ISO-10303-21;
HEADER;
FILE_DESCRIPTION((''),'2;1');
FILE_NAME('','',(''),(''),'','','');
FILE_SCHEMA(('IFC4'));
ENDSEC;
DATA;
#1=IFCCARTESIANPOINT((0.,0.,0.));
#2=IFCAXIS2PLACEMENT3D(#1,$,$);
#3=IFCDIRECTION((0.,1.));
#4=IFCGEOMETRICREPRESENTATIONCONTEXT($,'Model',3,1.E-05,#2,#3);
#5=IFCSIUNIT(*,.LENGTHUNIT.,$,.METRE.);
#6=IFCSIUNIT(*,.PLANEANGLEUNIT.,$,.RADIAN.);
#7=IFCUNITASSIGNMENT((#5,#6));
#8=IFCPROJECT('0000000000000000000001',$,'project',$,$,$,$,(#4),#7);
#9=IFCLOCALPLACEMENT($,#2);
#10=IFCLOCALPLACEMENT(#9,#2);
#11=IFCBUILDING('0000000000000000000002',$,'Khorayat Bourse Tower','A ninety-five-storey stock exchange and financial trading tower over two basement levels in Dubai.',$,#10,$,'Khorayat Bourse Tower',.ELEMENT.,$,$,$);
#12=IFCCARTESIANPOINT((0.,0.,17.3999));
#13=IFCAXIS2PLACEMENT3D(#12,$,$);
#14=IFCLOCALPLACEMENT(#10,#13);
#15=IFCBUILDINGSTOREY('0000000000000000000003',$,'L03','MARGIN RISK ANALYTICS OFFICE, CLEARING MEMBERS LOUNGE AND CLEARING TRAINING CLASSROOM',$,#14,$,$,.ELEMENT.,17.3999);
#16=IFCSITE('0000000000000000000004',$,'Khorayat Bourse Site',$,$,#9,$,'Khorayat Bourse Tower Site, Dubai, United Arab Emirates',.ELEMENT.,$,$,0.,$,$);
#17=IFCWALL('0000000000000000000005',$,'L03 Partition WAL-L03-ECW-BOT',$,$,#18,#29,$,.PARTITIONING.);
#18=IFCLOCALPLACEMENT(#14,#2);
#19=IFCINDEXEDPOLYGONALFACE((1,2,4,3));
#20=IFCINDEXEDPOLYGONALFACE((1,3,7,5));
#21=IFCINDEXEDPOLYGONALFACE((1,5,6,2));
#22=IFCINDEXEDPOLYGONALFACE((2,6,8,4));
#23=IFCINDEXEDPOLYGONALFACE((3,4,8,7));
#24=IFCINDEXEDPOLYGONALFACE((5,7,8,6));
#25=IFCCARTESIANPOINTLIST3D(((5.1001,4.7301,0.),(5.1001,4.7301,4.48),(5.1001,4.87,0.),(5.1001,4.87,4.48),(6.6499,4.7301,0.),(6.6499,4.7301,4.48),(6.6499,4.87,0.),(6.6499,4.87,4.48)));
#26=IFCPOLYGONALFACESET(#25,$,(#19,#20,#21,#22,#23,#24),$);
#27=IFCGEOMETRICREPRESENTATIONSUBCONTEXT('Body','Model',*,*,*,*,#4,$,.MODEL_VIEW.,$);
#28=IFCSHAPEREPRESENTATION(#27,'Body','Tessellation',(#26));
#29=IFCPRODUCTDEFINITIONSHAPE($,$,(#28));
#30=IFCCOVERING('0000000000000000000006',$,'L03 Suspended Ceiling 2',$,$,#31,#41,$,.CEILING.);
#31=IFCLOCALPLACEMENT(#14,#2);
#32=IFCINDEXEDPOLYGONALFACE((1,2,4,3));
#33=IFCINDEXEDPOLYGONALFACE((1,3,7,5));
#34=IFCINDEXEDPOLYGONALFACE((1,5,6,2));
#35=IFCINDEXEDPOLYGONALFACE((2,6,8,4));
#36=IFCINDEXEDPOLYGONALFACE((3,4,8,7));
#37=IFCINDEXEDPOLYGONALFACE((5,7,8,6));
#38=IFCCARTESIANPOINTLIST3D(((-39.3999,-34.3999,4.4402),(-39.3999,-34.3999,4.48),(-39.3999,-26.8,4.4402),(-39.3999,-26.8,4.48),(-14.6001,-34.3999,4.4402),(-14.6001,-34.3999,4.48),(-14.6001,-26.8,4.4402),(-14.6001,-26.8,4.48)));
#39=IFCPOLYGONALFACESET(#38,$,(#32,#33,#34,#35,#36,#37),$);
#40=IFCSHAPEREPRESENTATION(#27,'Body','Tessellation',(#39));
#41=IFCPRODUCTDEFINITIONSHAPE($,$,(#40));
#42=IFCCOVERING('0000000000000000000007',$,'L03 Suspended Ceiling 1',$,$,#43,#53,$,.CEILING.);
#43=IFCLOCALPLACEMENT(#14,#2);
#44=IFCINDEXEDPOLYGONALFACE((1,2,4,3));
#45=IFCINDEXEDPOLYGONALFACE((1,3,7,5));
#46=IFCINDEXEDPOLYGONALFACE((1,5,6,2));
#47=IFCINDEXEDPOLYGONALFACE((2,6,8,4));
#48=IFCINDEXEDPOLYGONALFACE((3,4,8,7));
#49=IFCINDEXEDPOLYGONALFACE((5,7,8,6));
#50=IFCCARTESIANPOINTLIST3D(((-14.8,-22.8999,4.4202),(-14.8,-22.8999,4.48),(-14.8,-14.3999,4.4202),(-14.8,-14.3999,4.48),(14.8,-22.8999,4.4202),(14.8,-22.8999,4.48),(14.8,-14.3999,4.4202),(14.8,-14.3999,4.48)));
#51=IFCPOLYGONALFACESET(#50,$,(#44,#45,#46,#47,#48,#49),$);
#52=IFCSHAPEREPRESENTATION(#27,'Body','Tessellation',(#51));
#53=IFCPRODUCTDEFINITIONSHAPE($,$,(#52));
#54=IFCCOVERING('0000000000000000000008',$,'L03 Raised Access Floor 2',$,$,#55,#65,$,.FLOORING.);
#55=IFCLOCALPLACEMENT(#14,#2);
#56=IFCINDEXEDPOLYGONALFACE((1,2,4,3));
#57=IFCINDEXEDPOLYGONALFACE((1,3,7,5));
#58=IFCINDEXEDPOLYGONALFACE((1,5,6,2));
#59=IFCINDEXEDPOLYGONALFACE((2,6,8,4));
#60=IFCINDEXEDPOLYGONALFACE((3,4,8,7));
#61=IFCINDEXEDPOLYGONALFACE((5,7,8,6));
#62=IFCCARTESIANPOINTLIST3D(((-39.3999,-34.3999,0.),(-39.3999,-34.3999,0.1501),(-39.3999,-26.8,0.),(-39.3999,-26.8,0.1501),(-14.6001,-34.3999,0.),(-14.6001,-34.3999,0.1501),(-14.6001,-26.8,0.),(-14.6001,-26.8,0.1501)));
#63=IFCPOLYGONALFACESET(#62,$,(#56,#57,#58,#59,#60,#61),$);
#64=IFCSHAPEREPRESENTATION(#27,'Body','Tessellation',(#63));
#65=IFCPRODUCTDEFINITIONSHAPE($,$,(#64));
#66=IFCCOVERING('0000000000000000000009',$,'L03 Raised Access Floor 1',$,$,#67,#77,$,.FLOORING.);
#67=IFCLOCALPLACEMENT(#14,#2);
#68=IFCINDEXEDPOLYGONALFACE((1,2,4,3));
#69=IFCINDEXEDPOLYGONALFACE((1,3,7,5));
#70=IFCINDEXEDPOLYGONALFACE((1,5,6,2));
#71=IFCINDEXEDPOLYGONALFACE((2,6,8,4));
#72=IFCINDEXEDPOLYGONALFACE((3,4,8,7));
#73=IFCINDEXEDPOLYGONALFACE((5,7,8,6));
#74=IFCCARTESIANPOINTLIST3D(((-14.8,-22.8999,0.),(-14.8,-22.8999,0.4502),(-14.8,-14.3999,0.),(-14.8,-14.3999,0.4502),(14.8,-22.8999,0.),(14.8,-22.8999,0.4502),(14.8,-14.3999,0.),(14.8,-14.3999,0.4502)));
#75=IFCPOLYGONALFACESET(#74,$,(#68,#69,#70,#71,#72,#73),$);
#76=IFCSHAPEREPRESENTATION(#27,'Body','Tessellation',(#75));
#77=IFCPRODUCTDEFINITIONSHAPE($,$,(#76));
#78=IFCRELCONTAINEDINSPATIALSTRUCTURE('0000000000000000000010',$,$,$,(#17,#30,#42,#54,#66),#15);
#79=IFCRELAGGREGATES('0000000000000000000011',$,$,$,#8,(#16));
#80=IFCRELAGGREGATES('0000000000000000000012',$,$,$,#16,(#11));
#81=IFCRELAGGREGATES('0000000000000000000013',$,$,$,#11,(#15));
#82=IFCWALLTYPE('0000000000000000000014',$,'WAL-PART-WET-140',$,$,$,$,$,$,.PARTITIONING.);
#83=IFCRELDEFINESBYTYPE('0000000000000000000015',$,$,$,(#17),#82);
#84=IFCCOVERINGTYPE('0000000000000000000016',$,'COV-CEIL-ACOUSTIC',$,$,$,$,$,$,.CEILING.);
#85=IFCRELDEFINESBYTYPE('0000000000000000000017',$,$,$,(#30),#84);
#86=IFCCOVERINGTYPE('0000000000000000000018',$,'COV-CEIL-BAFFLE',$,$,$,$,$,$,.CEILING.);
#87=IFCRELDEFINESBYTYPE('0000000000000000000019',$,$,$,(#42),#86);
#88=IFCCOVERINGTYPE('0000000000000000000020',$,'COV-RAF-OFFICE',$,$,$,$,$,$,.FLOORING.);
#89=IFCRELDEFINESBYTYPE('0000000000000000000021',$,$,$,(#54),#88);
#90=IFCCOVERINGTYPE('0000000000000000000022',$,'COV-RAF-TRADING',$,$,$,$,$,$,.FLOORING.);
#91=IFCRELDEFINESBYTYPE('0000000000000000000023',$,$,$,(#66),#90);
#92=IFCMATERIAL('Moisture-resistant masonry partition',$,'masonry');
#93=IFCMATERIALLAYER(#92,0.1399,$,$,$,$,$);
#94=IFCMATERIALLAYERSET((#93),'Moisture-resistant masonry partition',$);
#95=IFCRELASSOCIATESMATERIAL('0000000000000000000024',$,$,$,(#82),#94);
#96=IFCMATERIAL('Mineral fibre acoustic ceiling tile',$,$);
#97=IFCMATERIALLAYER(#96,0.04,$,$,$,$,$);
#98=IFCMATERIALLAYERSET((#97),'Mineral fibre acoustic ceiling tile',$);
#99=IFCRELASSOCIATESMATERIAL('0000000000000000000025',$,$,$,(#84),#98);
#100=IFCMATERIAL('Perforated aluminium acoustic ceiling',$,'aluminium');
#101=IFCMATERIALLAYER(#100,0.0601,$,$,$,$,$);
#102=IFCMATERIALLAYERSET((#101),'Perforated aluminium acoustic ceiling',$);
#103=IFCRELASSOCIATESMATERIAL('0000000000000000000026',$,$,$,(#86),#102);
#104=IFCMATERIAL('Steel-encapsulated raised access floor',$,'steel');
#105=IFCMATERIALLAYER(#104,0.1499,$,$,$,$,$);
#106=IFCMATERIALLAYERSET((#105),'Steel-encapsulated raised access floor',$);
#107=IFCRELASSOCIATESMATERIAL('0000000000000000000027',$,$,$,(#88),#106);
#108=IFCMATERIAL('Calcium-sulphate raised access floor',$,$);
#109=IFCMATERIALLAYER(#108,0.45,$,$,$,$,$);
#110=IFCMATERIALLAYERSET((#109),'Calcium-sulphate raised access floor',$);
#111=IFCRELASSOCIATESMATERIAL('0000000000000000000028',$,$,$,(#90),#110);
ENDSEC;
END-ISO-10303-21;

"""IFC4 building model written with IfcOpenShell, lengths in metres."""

from ifc_helpers import new_model, si_unit, direction, frame, frame_2d, origin, place, context, subcontext, project, spatial, polyline, rectangle, outline, extrude, source, transform, mapped, material, layer, layer_set, type_object, element, save


model = new_model("IFC4")

# Units and contexts
model_context = context("Model", 3, precision=1e-05, world=origin(), true_north=direction((0.0, 1.0)))
body_context = subcontext(model_context, "Body", "Model", "MODEL_VIEW")
ifc_project = project(units=[si_unit("LENGTHUNIT", "METRE"), si_unit("PLANEANGLEUNIT", "RADIAN")], contexts=[model_context])

# Site, building, storey
site_placement = place(None, origin())
site = spatial("IfcSite", under=ifc_project, at=site_placement, Name="Khorayat Bourse Site", LongName="Khorayat Bourse Tower Site, Dubai, United Arab Emirates", CompositionType="ELEMENT", RefElevation=0.0)
building_placement = place(site_placement, origin())
building = spatial("IfcBuilding", under=site, at=building_placement, Name="Khorayat Bourse Tower", Description="A ninety-five-storey stock exchange and financial trading tower over two basement levels in Dubai.", LongName="Khorayat Bourse Tower", CompositionType="ELEMENT")
storey_placement = place(building_placement, frame((0.0, 0.0, 17.3999)))
storey = spatial("IfcBuildingStorey", under=building, at=storey_placement, Name="L03", Description="MARGIN RISK ANALYTICS OFFICE, CLEARING MEMBERS LOUNGE AND CLEARING TRAINING CLASSROOM", CompositionType="ELEMENT", Elevation=17.3999)

# Shared definitions
ifc_material_1 = material(Name="Moisture-resistant masonry partition", Category="masonry")
ifc_layer_1 = layer(ifc_material_1, 0.1399)
ifc_layer_set_1 = layer_set([ifc_layer_1], Name="Moisture-resistant masonry partition")
wall_type_1 = type_object("IfcWallType", Name="WAL-PART-WET-140", PredefinedType="PARTITIONING", material=ifc_layer_set_1)

# Wall
shared_shape_1 = source(origin(), body_context, "Body", "SweptSolid", [
    extrude(rectangle(XDim=1.5498, YDim=0.1399, at=frame_2d((0.7749, 0.0))), origin(), (0.0, 0.0, 1.0), 4.48),
])
wall_1_placement = place(storey_placement, frame((5.1001, 4.8, 0.0), z_axis=(0.0, 0.0, 1.0), x_axis=(1.0, 0.0, 0.0)))
element("IfcWall", 1, at=wall_1_placement, inside=storey, type_object=wall_type_1, Name="L03 Partition WAL-L03-ECW-BOT", PredefinedType="PARTITIONING", context=body_context, shape_type="MappedRepresentation", body=[
    mapped(shared_shape_1, transform((0.0, 0.0, 0.0), scale=1.0)),
])

# Coverings
ifc_material_2 = material(Name="Mineral fibre acoustic ceiling tile")
ifc_layer_2 = layer(ifc_material_2, 0.04)
ifc_layer_set_2 = layer_set([ifc_layer_2], Name="Mineral fibre acoustic ceiling tile")
covering_type_1 = type_object("IfcCoveringType", Name="COV-CEIL-ACOUSTIC", PredefinedType="CEILING", material=ifc_layer_set_2)
covering_1_placement = place(storey_placement, frame((0.0, 0.0, 4.4402)))
element("IfcCovering", 2, at=covering_1_placement, inside=storey, type_object=covering_type_1, Name="L03 Suspended Ceiling 2", PredefinedType="CEILING", context=body_context, shape_type="SweptSolid", body=[
    extrude(outline(polyline([(-39.3999, -34.3999), (-14.6001, -34.3999), (-14.6001, -26.8), (-39.3999, -26.8), (-39.3999, -34.3999)])), origin(), (0.0, 0.0, 1.0), 0.0398),
])
ifc_material_3 = material(Name="Perforated aluminium acoustic ceiling", Category="aluminium")
ifc_layer_3 = layer(ifc_material_3, 0.0601)
ifc_layer_set_3 = layer_set([ifc_layer_3], Name="Perforated aluminium acoustic ceiling")
covering_type_2 = type_object("IfcCoveringType", Name="COV-CEIL-BAFFLE", PredefinedType="CEILING", material=ifc_layer_set_3)
covering_2_placement = place(storey_placement, frame((0.0, 0.0, 4.4202)))
element("IfcCovering", 3, at=covering_2_placement, inside=storey, type_object=covering_type_2, Name="L03 Suspended Ceiling 1", PredefinedType="CEILING", context=body_context, shape_type="SweptSolid", body=[
    extrude(outline(polyline([(-14.8, -22.8999), (14.8, -22.8999), (14.8, -14.3999), (-14.8, -14.3999), (-14.8, -22.8999)])), origin(), (0.0, 0.0, 1.0), 0.0598),
])
ifc_material_4 = material(Name="Steel-encapsulated raised access floor", Category="steel")
ifc_layer_4 = layer(ifc_material_4, 0.1499)
ifc_layer_set_4 = layer_set([ifc_layer_4], Name="Steel-encapsulated raised access floor")
covering_type_3 = type_object("IfcCoveringType", Name="COV-RAF-OFFICE", PredefinedType="FLOORING", material=ifc_layer_set_4)
covering_3_placement = place(storey_placement, origin())
element("IfcCovering", 4, at=covering_3_placement, inside=storey, type_object=covering_type_3, Name="L03 Raised Access Floor 2", PredefinedType="FLOORING", context=body_context, shape_type="SweptSolid", body=[
    extrude(outline(polyline([(-39.3999, -34.3999), (-14.6001, -34.3999), (-14.6001, -26.8), (-39.3999, -26.8), (-39.3999, -34.3999)])), origin(), (0.0, 0.0, 1.0), 0.1501),
])
ifc_material_5 = material(Name="Calcium-sulphate raised access floor")
ifc_layer_5 = layer(ifc_material_5, 0.45)
ifc_layer_set_5 = layer_set([ifc_layer_5], Name="Calcium-sulphate raised access floor")
covering_type_4 = type_object("IfcCoveringType", Name="COV-RAF-TRADING", PredefinedType="FLOORING", material=ifc_layer_set_5)
covering_4_placement = place(storey_placement, origin())
element("IfcCovering", 5, at=covering_4_placement, inside=storey, type_object=covering_type_4, Name="L03 Raised Access Floor 1", PredefinedType="FLOORING", context=body_context, shape_type="SweptSolid", body=[
    extrude(outline(polyline([(-14.8, -22.8999), (14.8, -22.8999), (14.8, -14.3999), (-14.8, -14.3999), (-14.8, -22.8999)])), origin(), (0.0, 0.0, 1.0), 0.4502),
])

save(model, "model.ifc")
